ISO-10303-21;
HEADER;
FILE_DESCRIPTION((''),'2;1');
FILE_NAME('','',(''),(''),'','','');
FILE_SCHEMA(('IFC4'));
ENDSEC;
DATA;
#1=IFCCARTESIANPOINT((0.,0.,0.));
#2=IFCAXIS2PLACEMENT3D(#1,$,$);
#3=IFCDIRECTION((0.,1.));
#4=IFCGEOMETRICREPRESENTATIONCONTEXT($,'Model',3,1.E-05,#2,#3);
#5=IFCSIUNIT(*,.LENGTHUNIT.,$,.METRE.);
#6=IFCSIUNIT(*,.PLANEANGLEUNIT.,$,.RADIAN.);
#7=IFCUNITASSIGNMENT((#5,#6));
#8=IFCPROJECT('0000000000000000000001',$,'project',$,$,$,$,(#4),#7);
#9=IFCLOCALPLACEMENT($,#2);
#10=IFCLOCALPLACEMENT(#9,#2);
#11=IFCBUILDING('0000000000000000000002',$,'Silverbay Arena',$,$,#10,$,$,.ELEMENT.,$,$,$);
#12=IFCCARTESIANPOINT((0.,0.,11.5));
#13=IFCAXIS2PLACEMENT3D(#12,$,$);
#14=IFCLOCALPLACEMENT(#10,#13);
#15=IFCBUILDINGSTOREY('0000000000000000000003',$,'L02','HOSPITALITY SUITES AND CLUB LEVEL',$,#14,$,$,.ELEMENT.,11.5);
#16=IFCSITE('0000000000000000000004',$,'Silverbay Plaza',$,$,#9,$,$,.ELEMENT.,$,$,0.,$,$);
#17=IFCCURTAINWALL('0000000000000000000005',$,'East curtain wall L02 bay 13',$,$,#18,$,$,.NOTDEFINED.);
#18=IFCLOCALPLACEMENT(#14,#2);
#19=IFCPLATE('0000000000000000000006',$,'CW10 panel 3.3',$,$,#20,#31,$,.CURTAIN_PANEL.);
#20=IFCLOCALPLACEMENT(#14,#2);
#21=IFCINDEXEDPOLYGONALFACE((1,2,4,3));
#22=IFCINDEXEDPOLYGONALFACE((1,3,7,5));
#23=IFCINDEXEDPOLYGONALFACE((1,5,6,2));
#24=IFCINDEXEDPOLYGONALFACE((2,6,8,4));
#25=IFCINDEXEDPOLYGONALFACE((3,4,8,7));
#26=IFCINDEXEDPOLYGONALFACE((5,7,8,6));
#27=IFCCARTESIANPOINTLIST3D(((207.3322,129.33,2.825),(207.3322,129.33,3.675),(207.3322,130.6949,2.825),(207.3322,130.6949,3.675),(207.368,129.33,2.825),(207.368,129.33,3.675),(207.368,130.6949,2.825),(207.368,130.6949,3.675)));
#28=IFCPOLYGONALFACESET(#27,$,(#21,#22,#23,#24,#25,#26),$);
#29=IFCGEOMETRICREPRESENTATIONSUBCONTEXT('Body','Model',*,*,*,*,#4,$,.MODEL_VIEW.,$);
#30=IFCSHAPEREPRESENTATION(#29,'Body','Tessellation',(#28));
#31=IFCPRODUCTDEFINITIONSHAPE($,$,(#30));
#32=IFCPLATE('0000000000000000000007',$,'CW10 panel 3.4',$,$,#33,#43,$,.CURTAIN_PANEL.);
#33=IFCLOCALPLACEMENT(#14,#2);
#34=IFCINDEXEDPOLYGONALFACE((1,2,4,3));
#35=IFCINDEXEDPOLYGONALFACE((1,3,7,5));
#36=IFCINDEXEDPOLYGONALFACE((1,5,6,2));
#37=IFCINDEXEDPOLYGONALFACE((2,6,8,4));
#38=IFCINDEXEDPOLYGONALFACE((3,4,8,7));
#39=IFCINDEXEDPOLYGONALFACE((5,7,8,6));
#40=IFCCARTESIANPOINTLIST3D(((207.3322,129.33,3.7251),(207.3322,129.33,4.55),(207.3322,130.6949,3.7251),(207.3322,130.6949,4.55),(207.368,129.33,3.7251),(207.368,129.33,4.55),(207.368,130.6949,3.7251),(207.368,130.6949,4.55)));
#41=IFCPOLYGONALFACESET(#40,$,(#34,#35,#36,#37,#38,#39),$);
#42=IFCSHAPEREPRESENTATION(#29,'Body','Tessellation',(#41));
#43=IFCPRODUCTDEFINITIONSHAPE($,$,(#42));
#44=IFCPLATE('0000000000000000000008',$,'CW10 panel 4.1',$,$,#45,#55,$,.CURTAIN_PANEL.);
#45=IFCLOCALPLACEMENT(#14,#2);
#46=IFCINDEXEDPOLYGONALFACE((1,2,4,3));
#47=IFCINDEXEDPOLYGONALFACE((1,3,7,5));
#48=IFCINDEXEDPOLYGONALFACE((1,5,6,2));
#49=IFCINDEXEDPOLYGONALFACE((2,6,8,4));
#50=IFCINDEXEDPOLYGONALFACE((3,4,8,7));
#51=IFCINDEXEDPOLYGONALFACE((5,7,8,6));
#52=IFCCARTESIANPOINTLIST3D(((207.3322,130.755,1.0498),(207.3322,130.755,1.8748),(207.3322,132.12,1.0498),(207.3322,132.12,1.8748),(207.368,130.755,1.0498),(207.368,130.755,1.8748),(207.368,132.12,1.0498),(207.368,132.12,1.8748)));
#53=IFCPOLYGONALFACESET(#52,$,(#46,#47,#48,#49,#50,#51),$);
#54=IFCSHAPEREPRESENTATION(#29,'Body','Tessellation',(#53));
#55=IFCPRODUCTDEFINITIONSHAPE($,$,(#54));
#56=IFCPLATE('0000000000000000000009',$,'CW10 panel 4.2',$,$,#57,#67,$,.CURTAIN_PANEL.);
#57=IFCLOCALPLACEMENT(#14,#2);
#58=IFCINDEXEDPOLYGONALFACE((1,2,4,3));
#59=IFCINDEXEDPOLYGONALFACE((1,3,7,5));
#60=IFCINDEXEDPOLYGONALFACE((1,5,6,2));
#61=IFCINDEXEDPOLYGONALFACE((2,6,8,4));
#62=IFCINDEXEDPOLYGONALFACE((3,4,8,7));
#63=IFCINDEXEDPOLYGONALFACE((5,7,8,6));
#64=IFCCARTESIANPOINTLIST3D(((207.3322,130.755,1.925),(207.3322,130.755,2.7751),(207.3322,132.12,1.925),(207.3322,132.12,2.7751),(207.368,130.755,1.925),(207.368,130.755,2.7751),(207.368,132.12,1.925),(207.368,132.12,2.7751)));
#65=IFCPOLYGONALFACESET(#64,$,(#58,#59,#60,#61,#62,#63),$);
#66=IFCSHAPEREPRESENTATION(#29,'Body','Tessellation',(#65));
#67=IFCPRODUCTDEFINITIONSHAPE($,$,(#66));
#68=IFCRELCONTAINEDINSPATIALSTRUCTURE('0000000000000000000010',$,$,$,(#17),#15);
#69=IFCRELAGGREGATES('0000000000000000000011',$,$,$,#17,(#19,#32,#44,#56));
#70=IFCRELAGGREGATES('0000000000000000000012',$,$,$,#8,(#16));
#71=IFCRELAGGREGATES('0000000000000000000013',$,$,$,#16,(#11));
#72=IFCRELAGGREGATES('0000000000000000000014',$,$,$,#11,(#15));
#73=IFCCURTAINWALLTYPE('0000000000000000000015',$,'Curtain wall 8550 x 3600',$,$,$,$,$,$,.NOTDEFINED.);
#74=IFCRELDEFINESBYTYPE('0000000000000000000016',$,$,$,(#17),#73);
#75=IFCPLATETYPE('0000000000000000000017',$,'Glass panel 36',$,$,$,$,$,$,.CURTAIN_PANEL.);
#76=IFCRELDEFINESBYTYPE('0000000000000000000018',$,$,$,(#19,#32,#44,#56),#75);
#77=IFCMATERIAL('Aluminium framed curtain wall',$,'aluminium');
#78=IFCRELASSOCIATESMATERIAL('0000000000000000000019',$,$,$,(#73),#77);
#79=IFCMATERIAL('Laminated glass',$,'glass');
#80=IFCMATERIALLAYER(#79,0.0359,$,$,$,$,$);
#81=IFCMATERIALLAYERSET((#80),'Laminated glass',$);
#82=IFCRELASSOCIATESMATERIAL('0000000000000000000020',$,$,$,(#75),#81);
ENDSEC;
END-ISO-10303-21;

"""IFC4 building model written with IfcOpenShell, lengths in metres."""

from ifc_helpers import new_model, si_unit, direction, frame, origin, origin_2d, place, context, subcontext, project, spatial, rectangle, extrude, material, layer, layer_set, type_object, element, aggregate, save


model = new_model("IFC4")

# Units and contexts
model_context = context("Model", 3, precision=1e-05, world=origin(), true_north=direction((0.0, 1.0)))
body_context = subcontext(model_context, "Body", "Model", "MODEL_VIEW")
ifc_project = project(units=[si_unit("LENGTHUNIT", "METRE"), si_unit("PLANEANGLEUNIT", "RADIAN")], contexts=[model_context])

# Site, building, storey
site_placement = place(None, origin())
site = spatial("IfcSite", under=ifc_project, at=site_placement, Name="Silverbay Plaza", CompositionType="ELEMENT", RefElevation=0.0)
building_placement = place(site_placement, origin())
building = spatial("IfcBuilding", under=site, at=building_placement, Name="Silverbay Arena", CompositionType="ELEMENT")
storey_placement = place(building_placement, frame((0.0, 0.0, 11.5)))
storey = spatial("IfcBuildingStorey", under=building, at=storey_placement, Name="L02", Description="HOSPITALITY SUITES AND CLUB LEVEL", CompositionType="ELEMENT", Elevation=11.5)

# Curtain wall, plates
ifc_material_1 = material(Name="Aluminium framed curtain wall", Category="aluminium")
curtain_wall_type = type_object("IfcCurtainWallType", Name="Curtain wall 8550 x 3600", PredefinedType="NOTDEFINED", material=ifc_material_1)
curtain_wall_placement = place(storey_placement, origin())
curtain_wall = element("IfcCurtainWall", 1, at=curtain_wall_placement, inside=storey, type_object=curtain_wall_type, Name="East curtain wall L02 bay 13", PredefinedType="NOTDEFINED")
ifc_material_2 = material(Name="Laminated glass", Category="glass")
ifc_layer = layer(ifc_material_2, 0.0359)
ifc_layer_set = layer_set([ifc_layer], Name="Laminated glass")
plate_type = type_object("IfcPlateType", Name="Glass panel 36", PredefinedType="CURTAIN_PANEL", material=ifc_layer_set)
plate_1_placement = place(storey_placement, frame((207.3501, 130.0125, 2.825), z_axis=(0.0, 0.0, 1.0), x_axis=(0.0, 1.0, 0.0)))
plate_1 = element("IfcPlate", 2, at=plate_1_placement, type_object=plate_type, Name="CW10 panel 3.3", PredefinedType="CURTAIN_PANEL", context=body_context, shape_type="SweptSolid", body=[
    extrude(rectangle(XDim=1.365, YDim=0.0359, at=origin_2d()), origin(), (0.0, 0.0, 1.0), 0.8501),
])
plate_2_placement = place(storey_placement, frame((207.3501, 130.0125, 3.7251), z_axis=(0.0, 0.0, 1.0), x_axis=(0.0, 1.0, 0.0)))
plate_2 = element("IfcPlate", 3, at=plate_2_placement, type_object=plate_type, Name="CW10 panel 3.4", PredefinedType="CURTAIN_PANEL", context=body_context, shape_type="SweptSolid", body=[
    extrude(rectangle(XDim=1.365, YDim=0.0359, at=origin_2d()), origin(), (0.0, 0.0, 1.0), 0.825),
])
plate_3_placement = place(storey_placement, frame((207.3501, 131.4375, 1.0498), z_axis=(0.0, 0.0, 1.0), x_axis=(0.0, 1.0, 0.0)))
plate_3 = element("IfcPlate", 4, at=plate_3_placement, type_object=plate_type, Name="CW10 panel 4.1", PredefinedType="CURTAIN_PANEL", context=body_context, shape_type="SweptSolid", body=[
    extrude(rectangle(XDim=1.365, YDim=0.0359, at=origin_2d()), origin(), (0.0, 0.0, 1.0), 0.825),
])
plate_4_placement = place(storey_placement, frame((207.3501, 131.4375, 1.925), z_axis=(0.0, 0.0, 1.0), x_axis=(0.0, 1.0, 0.0)))
plate_4 = element("IfcPlate", 5, at=plate_4_placement, type_object=plate_type, Name="CW10 panel 4.2", PredefinedType="CURTAIN_PANEL", context=body_context, shape_type="SweptSolid", body=[
    extrude(rectangle(XDim=1.365, YDim=0.0359, at=origin_2d()), origin(), (0.0, 0.0, 1.0), 0.8501),
])
aggregate(curtain_wall, [plate_1, plate_2, plate_3, plate_4])

save(model, "model.ifc")
